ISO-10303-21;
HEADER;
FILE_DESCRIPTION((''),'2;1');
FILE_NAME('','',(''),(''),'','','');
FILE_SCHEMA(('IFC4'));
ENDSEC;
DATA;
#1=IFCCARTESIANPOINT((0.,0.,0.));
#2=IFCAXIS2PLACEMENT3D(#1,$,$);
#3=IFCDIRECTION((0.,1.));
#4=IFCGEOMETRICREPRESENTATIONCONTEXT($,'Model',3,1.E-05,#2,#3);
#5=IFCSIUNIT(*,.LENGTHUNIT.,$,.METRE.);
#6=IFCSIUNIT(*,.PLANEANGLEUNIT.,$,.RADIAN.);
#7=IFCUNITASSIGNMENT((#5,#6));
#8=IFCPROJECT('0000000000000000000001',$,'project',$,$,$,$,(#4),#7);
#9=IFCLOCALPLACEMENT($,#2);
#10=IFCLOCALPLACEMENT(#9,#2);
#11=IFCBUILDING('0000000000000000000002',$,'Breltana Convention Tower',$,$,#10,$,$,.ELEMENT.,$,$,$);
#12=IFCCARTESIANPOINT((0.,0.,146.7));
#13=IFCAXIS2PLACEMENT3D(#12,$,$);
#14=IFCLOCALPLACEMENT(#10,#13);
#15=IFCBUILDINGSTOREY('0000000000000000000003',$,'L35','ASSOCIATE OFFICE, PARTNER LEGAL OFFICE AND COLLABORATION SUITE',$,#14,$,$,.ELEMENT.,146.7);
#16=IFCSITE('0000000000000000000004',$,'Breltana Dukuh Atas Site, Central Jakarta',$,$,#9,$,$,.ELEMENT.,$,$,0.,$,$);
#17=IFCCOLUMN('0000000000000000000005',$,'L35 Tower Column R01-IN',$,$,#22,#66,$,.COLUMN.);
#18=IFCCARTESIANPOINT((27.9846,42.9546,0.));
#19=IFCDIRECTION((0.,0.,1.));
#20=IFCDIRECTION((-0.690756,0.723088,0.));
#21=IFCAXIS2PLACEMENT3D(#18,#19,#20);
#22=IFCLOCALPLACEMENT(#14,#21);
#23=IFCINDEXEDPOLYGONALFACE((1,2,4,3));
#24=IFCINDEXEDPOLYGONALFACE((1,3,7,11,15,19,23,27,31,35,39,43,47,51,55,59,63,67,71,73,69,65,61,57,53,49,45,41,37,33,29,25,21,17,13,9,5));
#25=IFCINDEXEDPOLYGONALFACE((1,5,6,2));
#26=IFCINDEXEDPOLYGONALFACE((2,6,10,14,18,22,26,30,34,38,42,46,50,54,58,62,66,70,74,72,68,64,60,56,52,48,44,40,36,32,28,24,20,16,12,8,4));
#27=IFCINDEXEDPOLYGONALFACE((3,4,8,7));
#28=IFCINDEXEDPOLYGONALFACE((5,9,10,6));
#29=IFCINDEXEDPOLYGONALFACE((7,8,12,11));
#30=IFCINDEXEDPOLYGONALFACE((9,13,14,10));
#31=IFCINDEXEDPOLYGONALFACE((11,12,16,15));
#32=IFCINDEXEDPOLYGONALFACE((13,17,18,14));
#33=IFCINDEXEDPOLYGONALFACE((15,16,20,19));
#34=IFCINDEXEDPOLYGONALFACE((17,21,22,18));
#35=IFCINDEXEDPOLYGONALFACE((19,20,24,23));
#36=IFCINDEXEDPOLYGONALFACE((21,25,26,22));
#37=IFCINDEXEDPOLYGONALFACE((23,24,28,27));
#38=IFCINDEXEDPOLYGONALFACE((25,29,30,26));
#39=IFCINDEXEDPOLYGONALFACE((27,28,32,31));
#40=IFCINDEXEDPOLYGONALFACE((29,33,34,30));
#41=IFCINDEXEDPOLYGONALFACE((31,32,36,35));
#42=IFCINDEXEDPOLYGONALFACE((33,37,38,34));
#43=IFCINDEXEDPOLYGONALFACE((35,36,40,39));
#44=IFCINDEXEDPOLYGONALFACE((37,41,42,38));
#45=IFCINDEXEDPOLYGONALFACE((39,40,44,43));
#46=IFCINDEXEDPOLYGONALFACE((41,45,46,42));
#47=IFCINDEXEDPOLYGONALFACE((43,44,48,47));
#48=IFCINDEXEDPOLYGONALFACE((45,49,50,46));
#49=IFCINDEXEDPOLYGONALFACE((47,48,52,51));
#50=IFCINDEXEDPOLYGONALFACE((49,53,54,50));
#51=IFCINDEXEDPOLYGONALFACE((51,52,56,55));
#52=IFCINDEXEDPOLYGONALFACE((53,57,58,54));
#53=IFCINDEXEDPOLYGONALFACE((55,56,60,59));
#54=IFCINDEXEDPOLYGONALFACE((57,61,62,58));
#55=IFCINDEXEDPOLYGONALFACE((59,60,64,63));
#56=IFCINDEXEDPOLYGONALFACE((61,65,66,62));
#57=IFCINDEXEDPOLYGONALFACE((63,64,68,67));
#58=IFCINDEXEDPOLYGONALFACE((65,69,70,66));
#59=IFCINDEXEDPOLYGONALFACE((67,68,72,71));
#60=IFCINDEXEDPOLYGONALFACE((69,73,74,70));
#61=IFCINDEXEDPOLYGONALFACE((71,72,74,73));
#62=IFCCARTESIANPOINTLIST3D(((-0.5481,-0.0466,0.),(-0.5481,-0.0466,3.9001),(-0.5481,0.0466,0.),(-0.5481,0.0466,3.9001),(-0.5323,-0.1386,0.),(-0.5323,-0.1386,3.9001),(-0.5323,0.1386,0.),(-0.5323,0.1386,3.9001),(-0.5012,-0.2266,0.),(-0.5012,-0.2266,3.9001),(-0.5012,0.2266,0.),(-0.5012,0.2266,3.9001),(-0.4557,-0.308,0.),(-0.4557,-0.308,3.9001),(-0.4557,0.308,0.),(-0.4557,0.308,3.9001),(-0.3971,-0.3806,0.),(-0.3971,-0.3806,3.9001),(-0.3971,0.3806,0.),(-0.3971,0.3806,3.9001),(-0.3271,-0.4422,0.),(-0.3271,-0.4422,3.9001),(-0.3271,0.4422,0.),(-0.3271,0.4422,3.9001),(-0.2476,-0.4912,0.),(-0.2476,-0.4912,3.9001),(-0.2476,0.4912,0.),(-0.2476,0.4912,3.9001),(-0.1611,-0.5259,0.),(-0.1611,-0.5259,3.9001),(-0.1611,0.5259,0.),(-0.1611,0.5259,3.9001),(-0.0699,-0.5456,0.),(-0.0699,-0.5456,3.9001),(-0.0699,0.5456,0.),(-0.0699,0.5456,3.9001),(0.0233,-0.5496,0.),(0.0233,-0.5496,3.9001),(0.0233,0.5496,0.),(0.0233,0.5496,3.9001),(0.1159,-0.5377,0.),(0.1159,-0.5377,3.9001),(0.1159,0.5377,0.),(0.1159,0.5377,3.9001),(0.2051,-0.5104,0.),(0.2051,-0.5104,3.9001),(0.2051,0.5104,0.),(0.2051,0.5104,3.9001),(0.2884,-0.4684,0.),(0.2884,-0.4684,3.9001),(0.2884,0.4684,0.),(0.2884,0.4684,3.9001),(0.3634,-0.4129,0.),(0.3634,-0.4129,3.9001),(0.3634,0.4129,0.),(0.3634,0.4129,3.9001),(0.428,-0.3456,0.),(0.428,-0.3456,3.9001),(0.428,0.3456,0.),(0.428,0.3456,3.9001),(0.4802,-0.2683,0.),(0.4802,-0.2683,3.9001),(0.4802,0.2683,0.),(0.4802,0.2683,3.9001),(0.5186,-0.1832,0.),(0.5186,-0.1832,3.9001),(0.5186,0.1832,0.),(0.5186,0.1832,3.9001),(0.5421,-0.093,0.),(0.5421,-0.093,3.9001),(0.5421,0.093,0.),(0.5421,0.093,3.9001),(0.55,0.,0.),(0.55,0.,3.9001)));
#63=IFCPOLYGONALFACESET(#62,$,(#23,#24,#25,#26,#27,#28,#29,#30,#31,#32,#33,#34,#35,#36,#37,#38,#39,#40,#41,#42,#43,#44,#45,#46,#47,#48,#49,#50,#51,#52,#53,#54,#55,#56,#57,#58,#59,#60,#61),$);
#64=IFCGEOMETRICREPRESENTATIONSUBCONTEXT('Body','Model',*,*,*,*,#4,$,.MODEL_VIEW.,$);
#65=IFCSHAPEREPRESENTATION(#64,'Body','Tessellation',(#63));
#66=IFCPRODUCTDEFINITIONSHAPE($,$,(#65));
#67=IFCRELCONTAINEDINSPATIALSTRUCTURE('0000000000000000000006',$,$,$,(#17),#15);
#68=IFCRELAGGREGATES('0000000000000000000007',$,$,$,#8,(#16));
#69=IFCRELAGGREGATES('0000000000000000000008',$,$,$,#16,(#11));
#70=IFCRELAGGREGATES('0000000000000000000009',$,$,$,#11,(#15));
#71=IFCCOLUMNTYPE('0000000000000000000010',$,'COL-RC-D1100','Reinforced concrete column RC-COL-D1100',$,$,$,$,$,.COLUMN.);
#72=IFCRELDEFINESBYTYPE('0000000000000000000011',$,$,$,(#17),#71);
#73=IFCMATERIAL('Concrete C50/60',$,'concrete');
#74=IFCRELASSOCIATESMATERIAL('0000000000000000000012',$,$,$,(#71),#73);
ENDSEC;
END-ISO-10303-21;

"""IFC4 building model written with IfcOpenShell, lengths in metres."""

from ifc_helpers import new_model, si_unit, direction, frame, origin, origin_2d, place, context, subcontext, project, spatial, circle, extrude, source, transform, mapped, material, material_profile, profile_set, type_object, element, save


model = new_model("IFC4")

# Units and contexts
model_context = context("Model", 3, precision=1e-05, world=origin(), true_north=direction((0.0, 1.0)))
body_context = subcontext(model_context, "Body", "Model", "MODEL_VIEW")
ifc_project = project(units=[si_unit("LENGTHUNIT", "METRE"), si_unit("PLANEANGLEUNIT", "RADIAN")], contexts=[model_context])

# Site, building, storey
site_placement = place(None, origin())
site = spatial("IfcSite", under=ifc_project, at=site_placement, Name="Breltana Dukuh Atas Site, Central Jakarta", CompositionType="ELEMENT", RefElevation=0.0)
building_placement = place(site_placement, origin())
building = spatial("IfcBuilding", under=site, at=building_placement, Name="Breltana Convention Tower", CompositionType="ELEMENT")
storey_placement = place(building_placement, frame((0.0, 0.0, 146.7)))
storey = spatial("IfcBuildingStorey", under=building, at=storey_placement, Name="L35", Description="ASSOCIATE OFFICE, PARTNER LEGAL OFFICE AND COLLABORATION SUITE", CompositionType="ELEMENT", Elevation=146.7)

# Column
ifc_material_1 = material(Name="Concrete C50/60", Category="concrete")
ifc_material_profile_1 = material_profile(ifc_material_1, circle(Radius=0.55, at=origin_2d()), Name="RC-COL-D1100")
ifc_profile_set_1 = profile_set([ifc_material_profile_1], Name="Concrete C50/60")
column_type = type_object("IfcColumnType", Name="COL-RC-D1100", Description="Reinforced concrete column RC-COL-D1100", PredefinedType="COLUMN", material=ifc_profile_set_1)
shared_shape_1 = source(origin(), body_context, "Body", "SweptSolid", [
    extrude(circle(Radius=0.55, at=origin_2d()), origin(), (0.0, 0.0, 1.0), 3.9001),
])
column_placement = place(storey_placement, frame((27.9846, 42.9546, 0.0), z_axis=(0.0, 0.0, 1.0), x_axis=(-0.690756, 0.723088, 0.0)))
element("IfcColumn", 1, at=column_placement, inside=storey, type_object=column_type, Name="L35 Tower Column R01-IN", PredefinedType="COLUMN", context=body_context, shape_type="MappedRepresentation", body=[
    mapped(shared_shape_1, transform((0.0, 0.0, 0.0), scale=1.0)),
])

save(model, "model.ifc")
